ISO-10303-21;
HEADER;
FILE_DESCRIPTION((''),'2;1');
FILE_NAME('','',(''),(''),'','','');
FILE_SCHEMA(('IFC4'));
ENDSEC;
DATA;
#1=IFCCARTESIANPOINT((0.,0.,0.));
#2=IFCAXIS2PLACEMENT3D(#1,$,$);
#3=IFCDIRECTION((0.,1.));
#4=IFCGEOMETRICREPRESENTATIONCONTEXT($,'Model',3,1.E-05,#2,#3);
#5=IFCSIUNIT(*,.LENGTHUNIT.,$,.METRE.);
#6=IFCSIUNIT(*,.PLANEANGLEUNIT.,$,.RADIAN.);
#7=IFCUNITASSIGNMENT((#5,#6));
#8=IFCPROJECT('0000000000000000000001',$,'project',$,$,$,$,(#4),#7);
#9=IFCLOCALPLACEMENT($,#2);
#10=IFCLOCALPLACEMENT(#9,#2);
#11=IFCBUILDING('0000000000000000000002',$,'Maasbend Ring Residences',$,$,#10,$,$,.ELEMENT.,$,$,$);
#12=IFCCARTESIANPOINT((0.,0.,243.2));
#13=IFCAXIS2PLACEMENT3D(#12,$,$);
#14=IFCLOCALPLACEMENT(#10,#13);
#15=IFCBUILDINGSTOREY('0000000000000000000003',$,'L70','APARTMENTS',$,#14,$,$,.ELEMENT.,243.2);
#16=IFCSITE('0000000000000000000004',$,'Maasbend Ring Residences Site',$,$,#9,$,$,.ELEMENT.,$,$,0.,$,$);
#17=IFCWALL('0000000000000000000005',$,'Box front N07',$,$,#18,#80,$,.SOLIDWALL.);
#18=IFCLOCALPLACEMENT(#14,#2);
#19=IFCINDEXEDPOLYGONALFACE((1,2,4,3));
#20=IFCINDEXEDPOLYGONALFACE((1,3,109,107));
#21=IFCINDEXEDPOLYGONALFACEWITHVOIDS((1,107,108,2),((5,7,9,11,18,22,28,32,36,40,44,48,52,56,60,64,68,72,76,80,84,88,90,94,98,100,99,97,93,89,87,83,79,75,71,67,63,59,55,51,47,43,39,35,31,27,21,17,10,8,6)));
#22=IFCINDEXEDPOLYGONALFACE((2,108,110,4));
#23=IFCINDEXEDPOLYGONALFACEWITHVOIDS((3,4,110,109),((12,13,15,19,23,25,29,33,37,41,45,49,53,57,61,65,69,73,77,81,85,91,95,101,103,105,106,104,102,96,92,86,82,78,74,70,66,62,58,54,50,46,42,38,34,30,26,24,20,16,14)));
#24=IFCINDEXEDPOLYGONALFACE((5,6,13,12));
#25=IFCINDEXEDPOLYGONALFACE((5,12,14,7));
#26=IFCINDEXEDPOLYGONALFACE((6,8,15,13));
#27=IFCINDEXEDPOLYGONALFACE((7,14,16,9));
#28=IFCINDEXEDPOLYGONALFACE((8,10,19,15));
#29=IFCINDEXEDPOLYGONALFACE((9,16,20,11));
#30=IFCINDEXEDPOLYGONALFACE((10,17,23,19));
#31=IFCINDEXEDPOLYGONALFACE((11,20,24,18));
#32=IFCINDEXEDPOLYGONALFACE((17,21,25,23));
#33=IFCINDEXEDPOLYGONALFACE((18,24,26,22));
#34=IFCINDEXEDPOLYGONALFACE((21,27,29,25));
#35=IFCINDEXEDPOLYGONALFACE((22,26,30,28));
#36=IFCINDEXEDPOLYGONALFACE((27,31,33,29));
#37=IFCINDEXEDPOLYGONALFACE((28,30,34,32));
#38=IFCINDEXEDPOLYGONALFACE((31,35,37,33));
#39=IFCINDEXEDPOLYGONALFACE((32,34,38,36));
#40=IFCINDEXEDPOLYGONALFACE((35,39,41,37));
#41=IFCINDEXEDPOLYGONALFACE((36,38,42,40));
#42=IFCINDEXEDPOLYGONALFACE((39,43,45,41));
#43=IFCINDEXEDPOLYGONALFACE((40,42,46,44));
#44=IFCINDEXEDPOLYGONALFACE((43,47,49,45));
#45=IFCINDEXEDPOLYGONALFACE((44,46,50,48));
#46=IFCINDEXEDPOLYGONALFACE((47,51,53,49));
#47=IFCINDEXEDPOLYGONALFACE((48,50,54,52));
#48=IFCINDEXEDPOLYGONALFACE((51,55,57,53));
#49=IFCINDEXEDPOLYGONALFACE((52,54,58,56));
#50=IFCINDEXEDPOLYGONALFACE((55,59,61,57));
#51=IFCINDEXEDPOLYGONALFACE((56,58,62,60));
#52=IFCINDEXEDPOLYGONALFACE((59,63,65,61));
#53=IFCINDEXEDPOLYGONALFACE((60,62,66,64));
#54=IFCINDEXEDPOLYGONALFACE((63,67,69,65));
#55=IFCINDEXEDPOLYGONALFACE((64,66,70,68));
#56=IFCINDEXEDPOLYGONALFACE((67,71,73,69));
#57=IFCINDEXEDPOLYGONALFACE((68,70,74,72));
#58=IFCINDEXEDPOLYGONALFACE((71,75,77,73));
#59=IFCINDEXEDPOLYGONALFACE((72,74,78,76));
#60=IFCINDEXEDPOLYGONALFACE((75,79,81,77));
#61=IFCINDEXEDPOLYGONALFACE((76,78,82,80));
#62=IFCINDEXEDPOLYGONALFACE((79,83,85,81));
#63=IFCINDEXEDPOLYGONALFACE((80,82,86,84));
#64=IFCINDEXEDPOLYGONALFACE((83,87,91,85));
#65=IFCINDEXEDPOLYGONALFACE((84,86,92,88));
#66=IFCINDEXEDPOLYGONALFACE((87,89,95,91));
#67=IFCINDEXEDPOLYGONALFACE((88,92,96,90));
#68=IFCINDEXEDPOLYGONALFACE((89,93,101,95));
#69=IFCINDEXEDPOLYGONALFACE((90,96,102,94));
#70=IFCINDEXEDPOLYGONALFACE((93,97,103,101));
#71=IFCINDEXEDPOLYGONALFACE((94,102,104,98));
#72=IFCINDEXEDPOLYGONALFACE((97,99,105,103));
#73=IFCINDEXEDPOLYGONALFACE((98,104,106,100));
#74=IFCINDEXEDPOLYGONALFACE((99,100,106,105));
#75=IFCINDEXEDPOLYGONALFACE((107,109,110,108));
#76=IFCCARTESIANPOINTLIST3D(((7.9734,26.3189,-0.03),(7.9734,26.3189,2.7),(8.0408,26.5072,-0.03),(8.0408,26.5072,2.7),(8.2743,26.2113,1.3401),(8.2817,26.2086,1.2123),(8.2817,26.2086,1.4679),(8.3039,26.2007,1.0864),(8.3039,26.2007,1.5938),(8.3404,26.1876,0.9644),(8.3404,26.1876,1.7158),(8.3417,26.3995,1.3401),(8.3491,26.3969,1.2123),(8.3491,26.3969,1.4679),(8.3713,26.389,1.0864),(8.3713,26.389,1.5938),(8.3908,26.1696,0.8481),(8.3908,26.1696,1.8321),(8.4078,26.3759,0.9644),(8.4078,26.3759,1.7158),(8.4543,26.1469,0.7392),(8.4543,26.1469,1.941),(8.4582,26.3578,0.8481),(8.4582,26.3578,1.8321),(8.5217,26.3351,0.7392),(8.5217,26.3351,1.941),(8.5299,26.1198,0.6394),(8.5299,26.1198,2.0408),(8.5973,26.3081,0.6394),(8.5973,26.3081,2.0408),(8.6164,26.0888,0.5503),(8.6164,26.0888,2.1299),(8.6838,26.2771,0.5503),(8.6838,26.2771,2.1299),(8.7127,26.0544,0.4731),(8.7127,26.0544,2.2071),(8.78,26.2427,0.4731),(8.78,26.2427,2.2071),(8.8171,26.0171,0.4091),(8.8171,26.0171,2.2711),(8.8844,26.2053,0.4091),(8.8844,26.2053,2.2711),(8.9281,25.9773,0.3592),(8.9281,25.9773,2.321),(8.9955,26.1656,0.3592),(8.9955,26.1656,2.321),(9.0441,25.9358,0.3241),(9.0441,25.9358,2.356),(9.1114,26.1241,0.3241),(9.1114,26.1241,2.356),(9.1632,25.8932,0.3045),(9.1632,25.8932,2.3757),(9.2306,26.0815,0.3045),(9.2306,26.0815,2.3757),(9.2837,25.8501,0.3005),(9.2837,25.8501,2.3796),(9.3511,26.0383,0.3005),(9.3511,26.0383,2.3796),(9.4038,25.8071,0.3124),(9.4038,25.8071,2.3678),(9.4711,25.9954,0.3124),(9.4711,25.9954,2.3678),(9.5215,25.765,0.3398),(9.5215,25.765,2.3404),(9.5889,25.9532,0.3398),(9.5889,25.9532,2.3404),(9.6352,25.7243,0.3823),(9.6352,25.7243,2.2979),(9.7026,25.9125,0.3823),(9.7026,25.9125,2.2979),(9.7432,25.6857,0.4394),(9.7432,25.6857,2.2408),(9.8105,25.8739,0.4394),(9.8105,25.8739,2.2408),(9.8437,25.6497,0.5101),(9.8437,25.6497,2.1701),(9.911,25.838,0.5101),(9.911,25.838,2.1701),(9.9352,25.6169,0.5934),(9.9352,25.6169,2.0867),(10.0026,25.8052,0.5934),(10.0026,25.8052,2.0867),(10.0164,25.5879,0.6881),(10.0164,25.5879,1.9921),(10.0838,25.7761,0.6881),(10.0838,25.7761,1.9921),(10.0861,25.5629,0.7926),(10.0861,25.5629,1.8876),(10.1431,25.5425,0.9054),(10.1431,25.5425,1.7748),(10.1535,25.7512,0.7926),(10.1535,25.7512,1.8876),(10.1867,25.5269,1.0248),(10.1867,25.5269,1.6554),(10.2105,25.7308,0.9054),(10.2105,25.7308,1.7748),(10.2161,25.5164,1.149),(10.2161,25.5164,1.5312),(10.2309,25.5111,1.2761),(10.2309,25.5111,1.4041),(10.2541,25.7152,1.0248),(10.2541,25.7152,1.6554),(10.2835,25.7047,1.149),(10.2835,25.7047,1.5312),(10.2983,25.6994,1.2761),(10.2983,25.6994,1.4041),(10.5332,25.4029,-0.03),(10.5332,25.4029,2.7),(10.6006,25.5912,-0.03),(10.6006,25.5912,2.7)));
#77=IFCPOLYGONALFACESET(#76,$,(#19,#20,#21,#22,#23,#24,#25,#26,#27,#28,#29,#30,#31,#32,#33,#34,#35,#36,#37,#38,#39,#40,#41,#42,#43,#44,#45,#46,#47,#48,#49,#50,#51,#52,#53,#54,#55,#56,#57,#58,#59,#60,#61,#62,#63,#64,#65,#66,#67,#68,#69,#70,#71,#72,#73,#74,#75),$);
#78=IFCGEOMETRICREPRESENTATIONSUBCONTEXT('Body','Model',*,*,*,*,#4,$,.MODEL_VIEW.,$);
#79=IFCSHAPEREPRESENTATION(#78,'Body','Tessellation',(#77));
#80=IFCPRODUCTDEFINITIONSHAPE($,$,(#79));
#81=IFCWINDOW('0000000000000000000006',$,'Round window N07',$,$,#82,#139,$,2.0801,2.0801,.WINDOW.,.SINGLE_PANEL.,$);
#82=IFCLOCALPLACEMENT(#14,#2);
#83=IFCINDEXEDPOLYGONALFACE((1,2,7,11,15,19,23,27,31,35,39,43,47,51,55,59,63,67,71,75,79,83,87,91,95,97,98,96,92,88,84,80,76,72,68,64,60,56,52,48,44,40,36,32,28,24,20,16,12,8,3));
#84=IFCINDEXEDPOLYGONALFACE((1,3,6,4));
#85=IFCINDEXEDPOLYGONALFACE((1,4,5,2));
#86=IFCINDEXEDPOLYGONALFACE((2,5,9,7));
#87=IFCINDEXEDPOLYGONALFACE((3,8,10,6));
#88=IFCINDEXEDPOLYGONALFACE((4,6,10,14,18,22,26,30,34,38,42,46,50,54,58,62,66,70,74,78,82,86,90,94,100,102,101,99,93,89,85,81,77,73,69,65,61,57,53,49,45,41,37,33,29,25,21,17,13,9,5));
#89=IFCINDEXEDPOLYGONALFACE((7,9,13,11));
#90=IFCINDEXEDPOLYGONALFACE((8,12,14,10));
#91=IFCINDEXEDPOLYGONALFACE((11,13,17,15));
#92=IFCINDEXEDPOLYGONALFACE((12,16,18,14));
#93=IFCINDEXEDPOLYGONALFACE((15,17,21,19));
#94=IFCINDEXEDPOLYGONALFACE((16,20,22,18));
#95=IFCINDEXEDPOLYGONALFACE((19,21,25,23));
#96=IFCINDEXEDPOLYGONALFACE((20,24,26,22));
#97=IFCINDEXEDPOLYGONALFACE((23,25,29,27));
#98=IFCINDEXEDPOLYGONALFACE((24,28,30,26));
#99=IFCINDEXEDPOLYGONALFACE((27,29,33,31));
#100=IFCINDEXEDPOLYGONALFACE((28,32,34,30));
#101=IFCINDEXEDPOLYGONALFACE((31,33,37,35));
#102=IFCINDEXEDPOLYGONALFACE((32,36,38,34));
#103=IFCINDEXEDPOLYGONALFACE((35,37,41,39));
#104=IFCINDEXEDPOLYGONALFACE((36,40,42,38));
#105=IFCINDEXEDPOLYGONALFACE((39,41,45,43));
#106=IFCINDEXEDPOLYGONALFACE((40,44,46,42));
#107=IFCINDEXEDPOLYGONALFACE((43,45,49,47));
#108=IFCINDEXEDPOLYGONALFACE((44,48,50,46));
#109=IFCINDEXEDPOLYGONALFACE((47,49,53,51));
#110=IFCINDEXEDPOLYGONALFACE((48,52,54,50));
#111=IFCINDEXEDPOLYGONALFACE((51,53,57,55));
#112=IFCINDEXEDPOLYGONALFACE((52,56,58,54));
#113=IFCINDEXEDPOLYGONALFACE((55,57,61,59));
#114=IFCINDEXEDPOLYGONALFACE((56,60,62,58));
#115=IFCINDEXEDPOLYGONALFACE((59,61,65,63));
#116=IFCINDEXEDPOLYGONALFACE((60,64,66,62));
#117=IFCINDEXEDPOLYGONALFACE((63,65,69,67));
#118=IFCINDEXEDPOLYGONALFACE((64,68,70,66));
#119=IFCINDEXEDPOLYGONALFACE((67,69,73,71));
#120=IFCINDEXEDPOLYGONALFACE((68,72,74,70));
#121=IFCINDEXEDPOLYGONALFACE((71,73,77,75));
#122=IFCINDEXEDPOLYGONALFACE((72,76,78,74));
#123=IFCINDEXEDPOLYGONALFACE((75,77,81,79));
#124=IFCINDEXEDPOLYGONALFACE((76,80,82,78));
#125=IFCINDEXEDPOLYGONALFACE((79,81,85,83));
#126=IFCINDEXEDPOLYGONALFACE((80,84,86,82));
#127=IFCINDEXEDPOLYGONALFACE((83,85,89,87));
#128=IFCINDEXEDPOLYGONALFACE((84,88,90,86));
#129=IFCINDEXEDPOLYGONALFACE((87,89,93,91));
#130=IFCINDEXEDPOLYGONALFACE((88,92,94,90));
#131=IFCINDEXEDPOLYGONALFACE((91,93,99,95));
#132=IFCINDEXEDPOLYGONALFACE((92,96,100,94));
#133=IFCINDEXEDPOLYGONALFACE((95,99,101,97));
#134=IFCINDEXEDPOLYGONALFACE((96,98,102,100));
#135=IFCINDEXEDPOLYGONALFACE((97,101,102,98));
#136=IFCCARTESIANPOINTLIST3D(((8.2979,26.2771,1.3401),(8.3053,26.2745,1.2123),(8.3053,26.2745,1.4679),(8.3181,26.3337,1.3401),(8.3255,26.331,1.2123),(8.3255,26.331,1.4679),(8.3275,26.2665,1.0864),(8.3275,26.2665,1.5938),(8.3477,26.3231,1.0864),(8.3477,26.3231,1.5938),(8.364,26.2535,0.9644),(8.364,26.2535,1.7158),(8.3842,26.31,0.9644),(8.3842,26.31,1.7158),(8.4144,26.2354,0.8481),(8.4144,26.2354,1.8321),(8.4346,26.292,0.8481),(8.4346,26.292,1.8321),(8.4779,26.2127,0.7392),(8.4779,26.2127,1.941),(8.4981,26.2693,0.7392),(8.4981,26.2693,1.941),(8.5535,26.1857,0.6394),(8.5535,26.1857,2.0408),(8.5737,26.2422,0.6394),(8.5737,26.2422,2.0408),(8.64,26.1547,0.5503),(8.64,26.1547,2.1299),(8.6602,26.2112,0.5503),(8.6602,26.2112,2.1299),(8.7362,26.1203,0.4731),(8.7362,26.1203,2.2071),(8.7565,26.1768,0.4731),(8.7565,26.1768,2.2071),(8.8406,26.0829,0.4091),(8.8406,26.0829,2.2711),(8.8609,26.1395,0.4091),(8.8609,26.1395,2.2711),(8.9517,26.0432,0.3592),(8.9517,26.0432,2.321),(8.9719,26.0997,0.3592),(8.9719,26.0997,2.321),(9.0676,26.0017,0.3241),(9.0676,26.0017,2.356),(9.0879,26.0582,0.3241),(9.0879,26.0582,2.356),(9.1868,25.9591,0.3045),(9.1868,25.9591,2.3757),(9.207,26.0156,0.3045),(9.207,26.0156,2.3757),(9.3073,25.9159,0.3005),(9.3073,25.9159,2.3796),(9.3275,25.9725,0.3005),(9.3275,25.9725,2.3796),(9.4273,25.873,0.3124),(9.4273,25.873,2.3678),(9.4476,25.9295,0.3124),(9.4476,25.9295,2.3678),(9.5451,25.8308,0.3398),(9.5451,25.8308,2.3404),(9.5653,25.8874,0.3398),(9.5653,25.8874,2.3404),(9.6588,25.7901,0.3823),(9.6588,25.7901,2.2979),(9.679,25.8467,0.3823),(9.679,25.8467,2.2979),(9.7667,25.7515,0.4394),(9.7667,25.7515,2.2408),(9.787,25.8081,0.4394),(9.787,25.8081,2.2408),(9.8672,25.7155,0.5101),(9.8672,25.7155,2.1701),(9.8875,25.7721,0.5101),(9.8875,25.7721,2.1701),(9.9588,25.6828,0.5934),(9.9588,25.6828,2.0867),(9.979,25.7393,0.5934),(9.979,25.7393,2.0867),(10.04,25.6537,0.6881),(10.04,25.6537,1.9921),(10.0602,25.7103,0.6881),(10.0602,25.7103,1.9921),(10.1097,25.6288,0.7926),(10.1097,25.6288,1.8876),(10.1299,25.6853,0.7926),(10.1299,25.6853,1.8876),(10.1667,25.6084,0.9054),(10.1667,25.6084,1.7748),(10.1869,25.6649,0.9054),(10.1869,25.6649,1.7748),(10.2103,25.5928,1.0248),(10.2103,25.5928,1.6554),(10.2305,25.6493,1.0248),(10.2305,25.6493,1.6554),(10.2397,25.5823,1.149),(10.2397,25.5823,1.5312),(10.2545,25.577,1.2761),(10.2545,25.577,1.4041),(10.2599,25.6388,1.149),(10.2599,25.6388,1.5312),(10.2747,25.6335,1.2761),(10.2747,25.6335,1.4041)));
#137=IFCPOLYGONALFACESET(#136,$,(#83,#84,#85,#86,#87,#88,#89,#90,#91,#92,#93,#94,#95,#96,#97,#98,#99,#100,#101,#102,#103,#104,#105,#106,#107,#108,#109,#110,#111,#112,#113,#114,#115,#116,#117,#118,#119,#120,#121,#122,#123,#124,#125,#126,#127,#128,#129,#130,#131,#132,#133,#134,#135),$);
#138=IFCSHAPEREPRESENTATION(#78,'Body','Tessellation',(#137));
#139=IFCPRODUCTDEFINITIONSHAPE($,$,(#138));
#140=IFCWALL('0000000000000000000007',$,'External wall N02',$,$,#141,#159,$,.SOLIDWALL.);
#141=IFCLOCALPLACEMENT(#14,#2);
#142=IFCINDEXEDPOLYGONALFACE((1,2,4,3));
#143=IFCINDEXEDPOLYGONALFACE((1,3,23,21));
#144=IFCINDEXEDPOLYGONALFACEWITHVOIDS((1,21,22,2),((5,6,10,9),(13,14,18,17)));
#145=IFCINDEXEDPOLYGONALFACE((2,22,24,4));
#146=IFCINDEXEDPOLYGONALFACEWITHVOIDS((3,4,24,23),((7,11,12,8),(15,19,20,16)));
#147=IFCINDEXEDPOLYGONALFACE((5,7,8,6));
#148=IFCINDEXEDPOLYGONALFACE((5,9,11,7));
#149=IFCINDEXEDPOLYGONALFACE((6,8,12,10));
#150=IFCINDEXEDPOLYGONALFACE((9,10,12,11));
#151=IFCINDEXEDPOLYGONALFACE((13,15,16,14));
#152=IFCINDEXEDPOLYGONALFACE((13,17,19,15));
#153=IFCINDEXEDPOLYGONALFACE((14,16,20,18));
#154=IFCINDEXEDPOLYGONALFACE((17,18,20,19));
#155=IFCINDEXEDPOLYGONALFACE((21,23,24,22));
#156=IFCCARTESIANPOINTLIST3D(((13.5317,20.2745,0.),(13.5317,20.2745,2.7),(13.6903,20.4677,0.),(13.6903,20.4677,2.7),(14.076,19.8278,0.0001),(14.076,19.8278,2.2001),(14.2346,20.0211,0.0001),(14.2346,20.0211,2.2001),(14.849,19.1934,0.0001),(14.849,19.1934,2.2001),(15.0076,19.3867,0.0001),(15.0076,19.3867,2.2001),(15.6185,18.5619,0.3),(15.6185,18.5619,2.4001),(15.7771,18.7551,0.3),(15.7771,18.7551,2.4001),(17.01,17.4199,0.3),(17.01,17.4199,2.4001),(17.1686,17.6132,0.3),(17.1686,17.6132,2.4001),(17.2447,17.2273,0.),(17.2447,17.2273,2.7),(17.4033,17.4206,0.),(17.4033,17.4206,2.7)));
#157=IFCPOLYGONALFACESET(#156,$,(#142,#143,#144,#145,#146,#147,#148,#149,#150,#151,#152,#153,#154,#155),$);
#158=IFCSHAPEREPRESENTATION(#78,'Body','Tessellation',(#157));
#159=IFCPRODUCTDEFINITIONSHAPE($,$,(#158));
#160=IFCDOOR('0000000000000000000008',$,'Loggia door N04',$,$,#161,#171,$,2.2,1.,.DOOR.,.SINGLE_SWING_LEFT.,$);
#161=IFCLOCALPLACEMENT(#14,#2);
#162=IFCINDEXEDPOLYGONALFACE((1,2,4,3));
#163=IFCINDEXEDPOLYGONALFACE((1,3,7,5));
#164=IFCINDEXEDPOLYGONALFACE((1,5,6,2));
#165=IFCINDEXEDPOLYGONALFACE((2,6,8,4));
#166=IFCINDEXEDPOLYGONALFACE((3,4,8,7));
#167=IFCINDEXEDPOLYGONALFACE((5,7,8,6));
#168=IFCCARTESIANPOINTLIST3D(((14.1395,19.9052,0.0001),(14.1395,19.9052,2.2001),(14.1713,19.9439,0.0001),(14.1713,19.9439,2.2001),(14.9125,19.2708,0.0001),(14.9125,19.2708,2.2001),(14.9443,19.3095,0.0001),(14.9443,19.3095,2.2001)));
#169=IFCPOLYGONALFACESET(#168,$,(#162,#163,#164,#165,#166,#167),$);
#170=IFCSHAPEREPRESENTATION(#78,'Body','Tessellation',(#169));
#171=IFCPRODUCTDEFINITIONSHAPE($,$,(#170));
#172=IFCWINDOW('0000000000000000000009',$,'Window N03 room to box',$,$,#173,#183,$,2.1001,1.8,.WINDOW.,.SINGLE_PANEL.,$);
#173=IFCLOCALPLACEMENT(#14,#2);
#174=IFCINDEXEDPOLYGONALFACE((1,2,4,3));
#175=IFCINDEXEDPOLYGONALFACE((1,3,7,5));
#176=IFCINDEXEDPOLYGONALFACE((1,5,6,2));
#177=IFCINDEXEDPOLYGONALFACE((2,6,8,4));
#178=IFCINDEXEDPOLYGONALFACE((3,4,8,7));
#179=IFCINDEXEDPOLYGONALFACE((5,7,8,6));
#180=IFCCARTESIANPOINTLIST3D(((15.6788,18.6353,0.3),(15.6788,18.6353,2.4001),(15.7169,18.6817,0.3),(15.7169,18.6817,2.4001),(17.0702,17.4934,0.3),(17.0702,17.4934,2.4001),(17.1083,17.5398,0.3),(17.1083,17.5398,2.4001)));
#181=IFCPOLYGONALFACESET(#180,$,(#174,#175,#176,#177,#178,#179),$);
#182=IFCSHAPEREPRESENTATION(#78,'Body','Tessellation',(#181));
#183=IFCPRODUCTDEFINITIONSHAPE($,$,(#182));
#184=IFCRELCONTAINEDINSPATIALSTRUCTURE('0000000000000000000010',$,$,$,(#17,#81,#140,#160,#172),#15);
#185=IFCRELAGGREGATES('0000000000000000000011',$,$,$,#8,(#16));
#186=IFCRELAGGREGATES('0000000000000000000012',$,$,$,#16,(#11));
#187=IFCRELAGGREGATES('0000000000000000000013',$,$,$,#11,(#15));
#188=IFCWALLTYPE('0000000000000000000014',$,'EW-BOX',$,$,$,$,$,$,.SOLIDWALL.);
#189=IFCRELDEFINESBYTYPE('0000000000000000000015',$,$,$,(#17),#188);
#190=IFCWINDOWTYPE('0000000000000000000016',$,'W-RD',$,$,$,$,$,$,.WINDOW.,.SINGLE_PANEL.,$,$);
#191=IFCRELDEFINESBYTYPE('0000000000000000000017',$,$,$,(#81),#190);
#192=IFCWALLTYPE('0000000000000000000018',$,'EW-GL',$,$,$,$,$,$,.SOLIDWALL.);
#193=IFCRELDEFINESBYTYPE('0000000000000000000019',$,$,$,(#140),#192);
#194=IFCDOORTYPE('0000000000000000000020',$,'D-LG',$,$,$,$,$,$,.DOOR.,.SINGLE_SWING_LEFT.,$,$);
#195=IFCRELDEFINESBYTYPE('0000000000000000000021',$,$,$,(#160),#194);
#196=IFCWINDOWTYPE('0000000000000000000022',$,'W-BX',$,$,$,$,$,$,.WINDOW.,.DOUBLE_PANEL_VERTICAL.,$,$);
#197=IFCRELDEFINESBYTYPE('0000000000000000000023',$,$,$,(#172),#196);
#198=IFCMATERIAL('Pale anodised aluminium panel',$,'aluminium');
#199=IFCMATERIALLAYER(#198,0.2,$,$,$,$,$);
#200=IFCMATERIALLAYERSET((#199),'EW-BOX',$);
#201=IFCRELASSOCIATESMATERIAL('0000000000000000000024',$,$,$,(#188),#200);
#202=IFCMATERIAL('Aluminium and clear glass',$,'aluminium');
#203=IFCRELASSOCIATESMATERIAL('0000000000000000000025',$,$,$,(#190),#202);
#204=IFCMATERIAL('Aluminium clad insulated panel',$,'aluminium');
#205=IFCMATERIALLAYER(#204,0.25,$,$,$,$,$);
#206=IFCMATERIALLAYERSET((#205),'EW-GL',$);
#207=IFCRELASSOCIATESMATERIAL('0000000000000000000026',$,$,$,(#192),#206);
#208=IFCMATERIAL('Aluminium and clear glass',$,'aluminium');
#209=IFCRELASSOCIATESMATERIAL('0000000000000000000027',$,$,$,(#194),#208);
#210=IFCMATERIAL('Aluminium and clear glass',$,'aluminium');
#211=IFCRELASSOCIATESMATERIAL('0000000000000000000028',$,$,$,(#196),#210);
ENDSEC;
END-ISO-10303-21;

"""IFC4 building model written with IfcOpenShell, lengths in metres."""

from ifc_helpers import new_model, si_unit, direction, frame, frame_2d, origin, place, context, subcontext, project, spatial, rectangle, circle, extrude, material, layer, layer_set, type_object, element, fill, save


model = new_model("IFC4")

# Units and contexts
model_context = context("Model", 3, precision=1e-05, world=origin(), true_north=direction((0.0, 1.0)))
body_context = subcontext(model_context, "Body", "Model", "MODEL_VIEW")
ifc_project = project(units=[si_unit("LENGTHUNIT", "METRE"), si_unit("PLANEANGLEUNIT", "RADIAN")], contexts=[model_context])

# Site, building, storey
site_placement = place(None, origin())
site = spatial("IfcSite", under=ifc_project, at=site_placement, Name="Maasbend Ring Residences Site", CompositionType="ELEMENT", RefElevation=0.0)
building_placement = place(site_placement, origin())
building = spatial("IfcBuilding", under=site, at=building_placement, Name="Maasbend Ring Residences", CompositionType="ELEMENT")
storey_placement = place(building_placement, frame((0.0, 0.0, 243.2)))
storey = spatial("IfcBuildingStorey", under=building, at=storey_placement, Name="L70", Description="APARTMENTS", CompositionType="ELEMENT", Elevation=243.2)

# Shared definitions
ifc_material_1 = material(Name="Pale anodised aluminium panel", Category="aluminium")
ifc_layer_1 = layer(ifc_material_1, 0.2)
ifc_layer_set_1 = layer_set([ifc_layer_1], Name="EW-BOX")
wall_type_1 = type_object("IfcWallType", Name="EW-BOX", PredefinedType="SOLIDWALL", material=ifc_layer_set_1)
ifc_material_2 = material(Name="Aluminium and clear glass", Category="aluminium")
window_type_1 = type_object("IfcWindowType", Name="W-RD", PartitioningType="SINGLE_PANEL", PredefinedType="WINDOW", material=ifc_material_2)

# Wall, opening, window
wall_1_placement = place(storey_placement, frame((10.5669, 25.4971, -0.03), z_axis=(0.0, 0.0, 1.0), x_axis=(-0.941532, 0.336922, 0.0)))
wall_1 = element("IfcWall", 1, at=wall_1_placement, inside=storey, type_object=wall_type_1, Name="Box front N07", PredefinedType="SOLIDWALL", context=body_context, shape_type="SweptSolid", body=[
    extrude(rectangle(XDim=2.7188, YDim=0.2, at=frame_2d((1.3594, 0.0))), origin(), (0.0, 0.0, 1.0), 2.73),
])
opening_1_placement = place(wall_1_placement, frame((0.3191, 0.0, 0.3301)))
opening_1 = element("IfcOpeningElement", 2, at=opening_1_placement, cuts=wall_1, PredefinedType="OPENING", context=body_context, shape_type="SweptSolid", body=[
    extrude(circle(Radius=1.04, at=frame_2d((1.04, 1.04))), frame((0.0, 0.1099, 0.0), z_axis=(0.0, -1.0, 0.0), x_axis=(1.0, 0.0, 0.0)), (0.0, 0.0, 1.0), 0.22),
])
window_1_placement = place(opening_1_placement, origin())
window_1 = element("IfcWindow", 3, at=window_1_placement, inside=storey, type_object=window_type_1, Name="Round window N07", OverallHeight=2.0801, OverallWidth=2.0801, PartitioningType="SINGLE_PANEL", PredefinedType="WINDOW", context=body_context, shape_type="SweptSolid", body=[
    extrude(circle(Radius=1.04, at=frame_2d((1.04, 1.04))), frame((0.0, 0.03, 0.0), z_axis=(0.0, -1.0, 0.0), x_axis=(1.0, 0.0, 0.0)), (0.0, 0.0, 1.0), 0.0601),
])
fill(opening_1, window_1)

# Wall, openings, door, window
ifc_material_3 = material(Name="Aluminium clad insulated panel", Category="aluminium")
ifc_layer_2 = layer(ifc_material_3, 0.25)
ifc_layer_set_2 = layer_set([ifc_layer_2], Name="EW-GL")
wall_type_2 = type_object("IfcWallType", Name="EW-GL", PredefinedType="SOLIDWALL", material=ifc_layer_set_2)
wall_2_placement = place(storey_placement, frame((17.324, 17.324, 0.0), z_axis=(0.0, 0.0, 1.0), x_axis=(-0.773008, 0.634397, 0.0)))
wall_2 = element("IfcWall", 4, at=wall_2_placement, inside=storey, type_object=wall_type_2, Name="External wall N02", PredefinedType="SOLIDWALL", context=body_context, shape_type="SweptSolid", body=[
    extrude(rectangle(XDim=4.8032, YDim=0.25, at=frame_2d((2.4016, 0.0))), origin(), (0.0, 0.0, 1.0), 2.7),
])
opening_2_placement = place(wall_2_placement, frame((0.3037, 0.0, 0.3)))
opening_2 = element("IfcOpeningElement", 5, at=opening_2_placement, cuts=wall_2, PredefinedType="OPENING", context=body_context, shape_type="SweptSolid", body=[
    extrude(rectangle(XDim=1.8, YDim=2.1001, at=frame_2d((0.8999, 1.05))), frame((0.0, 0.135, 0.0), z_axis=(0.0, -1.0, 0.0), x_axis=(1.0, 0.0, 0.0)), (0.0, 0.0, 1.0), 0.27),
])
opening_3_placement = place(wall_2_placement, frame((3.0991, 0.0, 0.0)))
opening_3 = element("IfcOpeningElement", 6, at=opening_3_placement, cuts=wall_2, PredefinedType="OPENING", context=body_context, shape_type="SweptSolid", body=[
    extrude(rectangle(XDim=1.0, YDim=2.2, at=frame_2d((0.5, 1.1001))), frame((0.0, 0.135, 0.0), z_axis=(0.0, -1.0, 0.0), x_axis=(1.0, 0.0, 0.0)), (0.0, 0.0, 1.0), 0.27),
])
ifc_material_4 = material(Name="Aluminium and clear glass", Category="aluminium")
door_type = type_object("IfcDoorType", Name="D-LG", OperationType="SINGLE_SWING_LEFT", PredefinedType="DOOR", material=ifc_material_4)
door_1_placement = place(opening_3_placement, origin())
door_1 = element("IfcDoor", 7, at=door_1_placement, inside=storey, type_object=door_type, Name="Loggia door N04", OperationType="SINGLE_SWING_LEFT", OverallHeight=2.2, OverallWidth=1.0, PredefinedType="DOOR", context=body_context, shape_type="SweptSolid", body=[
    extrude(rectangle(XDim=1.0, YDim=2.2, at=frame_2d((0.5, 1.1001))), frame((0.0, 0.0249, 0.0), z_axis=(0.0, -1.0, 0.0), x_axis=(1.0, 0.0, 0.0)), (0.0, 0.0, 1.0), 0.05),
])
fill(opening_3, door_1)
ifc_material_5 = material(Name="Aluminium and clear glass", Category="aluminium")
window_type_2 = type_object("IfcWindowType", Name="W-BX", PartitioningType="DOUBLE_PANEL_VERTICAL", PredefinedType="WINDOW", material=ifc_material_5)
window_2_placement = place(opening_2_placement, origin())
window_2 = element("IfcWindow", 8, at=window_2_placement, inside=storey, type_object=window_type_2, Name="Window N03 room to box", OverallHeight=2.1001, OverallWidth=1.8, PartitioningType="SINGLE_PANEL", PredefinedType="WINDOW", context=body_context, shape_type="SweptSolid", body=[
    extrude(rectangle(XDim=1.8, YDim=2.1001, at=frame_2d((0.8999, 1.05))), frame((0.0, 0.03, 0.0), z_axis=(0.0, -1.0, 0.0), x_axis=(1.0, 0.0, 0.0)), (0.0, 0.0, 1.0), 0.0601),
])
fill(opening_2, window_2)

save(model, "model.ifc")
